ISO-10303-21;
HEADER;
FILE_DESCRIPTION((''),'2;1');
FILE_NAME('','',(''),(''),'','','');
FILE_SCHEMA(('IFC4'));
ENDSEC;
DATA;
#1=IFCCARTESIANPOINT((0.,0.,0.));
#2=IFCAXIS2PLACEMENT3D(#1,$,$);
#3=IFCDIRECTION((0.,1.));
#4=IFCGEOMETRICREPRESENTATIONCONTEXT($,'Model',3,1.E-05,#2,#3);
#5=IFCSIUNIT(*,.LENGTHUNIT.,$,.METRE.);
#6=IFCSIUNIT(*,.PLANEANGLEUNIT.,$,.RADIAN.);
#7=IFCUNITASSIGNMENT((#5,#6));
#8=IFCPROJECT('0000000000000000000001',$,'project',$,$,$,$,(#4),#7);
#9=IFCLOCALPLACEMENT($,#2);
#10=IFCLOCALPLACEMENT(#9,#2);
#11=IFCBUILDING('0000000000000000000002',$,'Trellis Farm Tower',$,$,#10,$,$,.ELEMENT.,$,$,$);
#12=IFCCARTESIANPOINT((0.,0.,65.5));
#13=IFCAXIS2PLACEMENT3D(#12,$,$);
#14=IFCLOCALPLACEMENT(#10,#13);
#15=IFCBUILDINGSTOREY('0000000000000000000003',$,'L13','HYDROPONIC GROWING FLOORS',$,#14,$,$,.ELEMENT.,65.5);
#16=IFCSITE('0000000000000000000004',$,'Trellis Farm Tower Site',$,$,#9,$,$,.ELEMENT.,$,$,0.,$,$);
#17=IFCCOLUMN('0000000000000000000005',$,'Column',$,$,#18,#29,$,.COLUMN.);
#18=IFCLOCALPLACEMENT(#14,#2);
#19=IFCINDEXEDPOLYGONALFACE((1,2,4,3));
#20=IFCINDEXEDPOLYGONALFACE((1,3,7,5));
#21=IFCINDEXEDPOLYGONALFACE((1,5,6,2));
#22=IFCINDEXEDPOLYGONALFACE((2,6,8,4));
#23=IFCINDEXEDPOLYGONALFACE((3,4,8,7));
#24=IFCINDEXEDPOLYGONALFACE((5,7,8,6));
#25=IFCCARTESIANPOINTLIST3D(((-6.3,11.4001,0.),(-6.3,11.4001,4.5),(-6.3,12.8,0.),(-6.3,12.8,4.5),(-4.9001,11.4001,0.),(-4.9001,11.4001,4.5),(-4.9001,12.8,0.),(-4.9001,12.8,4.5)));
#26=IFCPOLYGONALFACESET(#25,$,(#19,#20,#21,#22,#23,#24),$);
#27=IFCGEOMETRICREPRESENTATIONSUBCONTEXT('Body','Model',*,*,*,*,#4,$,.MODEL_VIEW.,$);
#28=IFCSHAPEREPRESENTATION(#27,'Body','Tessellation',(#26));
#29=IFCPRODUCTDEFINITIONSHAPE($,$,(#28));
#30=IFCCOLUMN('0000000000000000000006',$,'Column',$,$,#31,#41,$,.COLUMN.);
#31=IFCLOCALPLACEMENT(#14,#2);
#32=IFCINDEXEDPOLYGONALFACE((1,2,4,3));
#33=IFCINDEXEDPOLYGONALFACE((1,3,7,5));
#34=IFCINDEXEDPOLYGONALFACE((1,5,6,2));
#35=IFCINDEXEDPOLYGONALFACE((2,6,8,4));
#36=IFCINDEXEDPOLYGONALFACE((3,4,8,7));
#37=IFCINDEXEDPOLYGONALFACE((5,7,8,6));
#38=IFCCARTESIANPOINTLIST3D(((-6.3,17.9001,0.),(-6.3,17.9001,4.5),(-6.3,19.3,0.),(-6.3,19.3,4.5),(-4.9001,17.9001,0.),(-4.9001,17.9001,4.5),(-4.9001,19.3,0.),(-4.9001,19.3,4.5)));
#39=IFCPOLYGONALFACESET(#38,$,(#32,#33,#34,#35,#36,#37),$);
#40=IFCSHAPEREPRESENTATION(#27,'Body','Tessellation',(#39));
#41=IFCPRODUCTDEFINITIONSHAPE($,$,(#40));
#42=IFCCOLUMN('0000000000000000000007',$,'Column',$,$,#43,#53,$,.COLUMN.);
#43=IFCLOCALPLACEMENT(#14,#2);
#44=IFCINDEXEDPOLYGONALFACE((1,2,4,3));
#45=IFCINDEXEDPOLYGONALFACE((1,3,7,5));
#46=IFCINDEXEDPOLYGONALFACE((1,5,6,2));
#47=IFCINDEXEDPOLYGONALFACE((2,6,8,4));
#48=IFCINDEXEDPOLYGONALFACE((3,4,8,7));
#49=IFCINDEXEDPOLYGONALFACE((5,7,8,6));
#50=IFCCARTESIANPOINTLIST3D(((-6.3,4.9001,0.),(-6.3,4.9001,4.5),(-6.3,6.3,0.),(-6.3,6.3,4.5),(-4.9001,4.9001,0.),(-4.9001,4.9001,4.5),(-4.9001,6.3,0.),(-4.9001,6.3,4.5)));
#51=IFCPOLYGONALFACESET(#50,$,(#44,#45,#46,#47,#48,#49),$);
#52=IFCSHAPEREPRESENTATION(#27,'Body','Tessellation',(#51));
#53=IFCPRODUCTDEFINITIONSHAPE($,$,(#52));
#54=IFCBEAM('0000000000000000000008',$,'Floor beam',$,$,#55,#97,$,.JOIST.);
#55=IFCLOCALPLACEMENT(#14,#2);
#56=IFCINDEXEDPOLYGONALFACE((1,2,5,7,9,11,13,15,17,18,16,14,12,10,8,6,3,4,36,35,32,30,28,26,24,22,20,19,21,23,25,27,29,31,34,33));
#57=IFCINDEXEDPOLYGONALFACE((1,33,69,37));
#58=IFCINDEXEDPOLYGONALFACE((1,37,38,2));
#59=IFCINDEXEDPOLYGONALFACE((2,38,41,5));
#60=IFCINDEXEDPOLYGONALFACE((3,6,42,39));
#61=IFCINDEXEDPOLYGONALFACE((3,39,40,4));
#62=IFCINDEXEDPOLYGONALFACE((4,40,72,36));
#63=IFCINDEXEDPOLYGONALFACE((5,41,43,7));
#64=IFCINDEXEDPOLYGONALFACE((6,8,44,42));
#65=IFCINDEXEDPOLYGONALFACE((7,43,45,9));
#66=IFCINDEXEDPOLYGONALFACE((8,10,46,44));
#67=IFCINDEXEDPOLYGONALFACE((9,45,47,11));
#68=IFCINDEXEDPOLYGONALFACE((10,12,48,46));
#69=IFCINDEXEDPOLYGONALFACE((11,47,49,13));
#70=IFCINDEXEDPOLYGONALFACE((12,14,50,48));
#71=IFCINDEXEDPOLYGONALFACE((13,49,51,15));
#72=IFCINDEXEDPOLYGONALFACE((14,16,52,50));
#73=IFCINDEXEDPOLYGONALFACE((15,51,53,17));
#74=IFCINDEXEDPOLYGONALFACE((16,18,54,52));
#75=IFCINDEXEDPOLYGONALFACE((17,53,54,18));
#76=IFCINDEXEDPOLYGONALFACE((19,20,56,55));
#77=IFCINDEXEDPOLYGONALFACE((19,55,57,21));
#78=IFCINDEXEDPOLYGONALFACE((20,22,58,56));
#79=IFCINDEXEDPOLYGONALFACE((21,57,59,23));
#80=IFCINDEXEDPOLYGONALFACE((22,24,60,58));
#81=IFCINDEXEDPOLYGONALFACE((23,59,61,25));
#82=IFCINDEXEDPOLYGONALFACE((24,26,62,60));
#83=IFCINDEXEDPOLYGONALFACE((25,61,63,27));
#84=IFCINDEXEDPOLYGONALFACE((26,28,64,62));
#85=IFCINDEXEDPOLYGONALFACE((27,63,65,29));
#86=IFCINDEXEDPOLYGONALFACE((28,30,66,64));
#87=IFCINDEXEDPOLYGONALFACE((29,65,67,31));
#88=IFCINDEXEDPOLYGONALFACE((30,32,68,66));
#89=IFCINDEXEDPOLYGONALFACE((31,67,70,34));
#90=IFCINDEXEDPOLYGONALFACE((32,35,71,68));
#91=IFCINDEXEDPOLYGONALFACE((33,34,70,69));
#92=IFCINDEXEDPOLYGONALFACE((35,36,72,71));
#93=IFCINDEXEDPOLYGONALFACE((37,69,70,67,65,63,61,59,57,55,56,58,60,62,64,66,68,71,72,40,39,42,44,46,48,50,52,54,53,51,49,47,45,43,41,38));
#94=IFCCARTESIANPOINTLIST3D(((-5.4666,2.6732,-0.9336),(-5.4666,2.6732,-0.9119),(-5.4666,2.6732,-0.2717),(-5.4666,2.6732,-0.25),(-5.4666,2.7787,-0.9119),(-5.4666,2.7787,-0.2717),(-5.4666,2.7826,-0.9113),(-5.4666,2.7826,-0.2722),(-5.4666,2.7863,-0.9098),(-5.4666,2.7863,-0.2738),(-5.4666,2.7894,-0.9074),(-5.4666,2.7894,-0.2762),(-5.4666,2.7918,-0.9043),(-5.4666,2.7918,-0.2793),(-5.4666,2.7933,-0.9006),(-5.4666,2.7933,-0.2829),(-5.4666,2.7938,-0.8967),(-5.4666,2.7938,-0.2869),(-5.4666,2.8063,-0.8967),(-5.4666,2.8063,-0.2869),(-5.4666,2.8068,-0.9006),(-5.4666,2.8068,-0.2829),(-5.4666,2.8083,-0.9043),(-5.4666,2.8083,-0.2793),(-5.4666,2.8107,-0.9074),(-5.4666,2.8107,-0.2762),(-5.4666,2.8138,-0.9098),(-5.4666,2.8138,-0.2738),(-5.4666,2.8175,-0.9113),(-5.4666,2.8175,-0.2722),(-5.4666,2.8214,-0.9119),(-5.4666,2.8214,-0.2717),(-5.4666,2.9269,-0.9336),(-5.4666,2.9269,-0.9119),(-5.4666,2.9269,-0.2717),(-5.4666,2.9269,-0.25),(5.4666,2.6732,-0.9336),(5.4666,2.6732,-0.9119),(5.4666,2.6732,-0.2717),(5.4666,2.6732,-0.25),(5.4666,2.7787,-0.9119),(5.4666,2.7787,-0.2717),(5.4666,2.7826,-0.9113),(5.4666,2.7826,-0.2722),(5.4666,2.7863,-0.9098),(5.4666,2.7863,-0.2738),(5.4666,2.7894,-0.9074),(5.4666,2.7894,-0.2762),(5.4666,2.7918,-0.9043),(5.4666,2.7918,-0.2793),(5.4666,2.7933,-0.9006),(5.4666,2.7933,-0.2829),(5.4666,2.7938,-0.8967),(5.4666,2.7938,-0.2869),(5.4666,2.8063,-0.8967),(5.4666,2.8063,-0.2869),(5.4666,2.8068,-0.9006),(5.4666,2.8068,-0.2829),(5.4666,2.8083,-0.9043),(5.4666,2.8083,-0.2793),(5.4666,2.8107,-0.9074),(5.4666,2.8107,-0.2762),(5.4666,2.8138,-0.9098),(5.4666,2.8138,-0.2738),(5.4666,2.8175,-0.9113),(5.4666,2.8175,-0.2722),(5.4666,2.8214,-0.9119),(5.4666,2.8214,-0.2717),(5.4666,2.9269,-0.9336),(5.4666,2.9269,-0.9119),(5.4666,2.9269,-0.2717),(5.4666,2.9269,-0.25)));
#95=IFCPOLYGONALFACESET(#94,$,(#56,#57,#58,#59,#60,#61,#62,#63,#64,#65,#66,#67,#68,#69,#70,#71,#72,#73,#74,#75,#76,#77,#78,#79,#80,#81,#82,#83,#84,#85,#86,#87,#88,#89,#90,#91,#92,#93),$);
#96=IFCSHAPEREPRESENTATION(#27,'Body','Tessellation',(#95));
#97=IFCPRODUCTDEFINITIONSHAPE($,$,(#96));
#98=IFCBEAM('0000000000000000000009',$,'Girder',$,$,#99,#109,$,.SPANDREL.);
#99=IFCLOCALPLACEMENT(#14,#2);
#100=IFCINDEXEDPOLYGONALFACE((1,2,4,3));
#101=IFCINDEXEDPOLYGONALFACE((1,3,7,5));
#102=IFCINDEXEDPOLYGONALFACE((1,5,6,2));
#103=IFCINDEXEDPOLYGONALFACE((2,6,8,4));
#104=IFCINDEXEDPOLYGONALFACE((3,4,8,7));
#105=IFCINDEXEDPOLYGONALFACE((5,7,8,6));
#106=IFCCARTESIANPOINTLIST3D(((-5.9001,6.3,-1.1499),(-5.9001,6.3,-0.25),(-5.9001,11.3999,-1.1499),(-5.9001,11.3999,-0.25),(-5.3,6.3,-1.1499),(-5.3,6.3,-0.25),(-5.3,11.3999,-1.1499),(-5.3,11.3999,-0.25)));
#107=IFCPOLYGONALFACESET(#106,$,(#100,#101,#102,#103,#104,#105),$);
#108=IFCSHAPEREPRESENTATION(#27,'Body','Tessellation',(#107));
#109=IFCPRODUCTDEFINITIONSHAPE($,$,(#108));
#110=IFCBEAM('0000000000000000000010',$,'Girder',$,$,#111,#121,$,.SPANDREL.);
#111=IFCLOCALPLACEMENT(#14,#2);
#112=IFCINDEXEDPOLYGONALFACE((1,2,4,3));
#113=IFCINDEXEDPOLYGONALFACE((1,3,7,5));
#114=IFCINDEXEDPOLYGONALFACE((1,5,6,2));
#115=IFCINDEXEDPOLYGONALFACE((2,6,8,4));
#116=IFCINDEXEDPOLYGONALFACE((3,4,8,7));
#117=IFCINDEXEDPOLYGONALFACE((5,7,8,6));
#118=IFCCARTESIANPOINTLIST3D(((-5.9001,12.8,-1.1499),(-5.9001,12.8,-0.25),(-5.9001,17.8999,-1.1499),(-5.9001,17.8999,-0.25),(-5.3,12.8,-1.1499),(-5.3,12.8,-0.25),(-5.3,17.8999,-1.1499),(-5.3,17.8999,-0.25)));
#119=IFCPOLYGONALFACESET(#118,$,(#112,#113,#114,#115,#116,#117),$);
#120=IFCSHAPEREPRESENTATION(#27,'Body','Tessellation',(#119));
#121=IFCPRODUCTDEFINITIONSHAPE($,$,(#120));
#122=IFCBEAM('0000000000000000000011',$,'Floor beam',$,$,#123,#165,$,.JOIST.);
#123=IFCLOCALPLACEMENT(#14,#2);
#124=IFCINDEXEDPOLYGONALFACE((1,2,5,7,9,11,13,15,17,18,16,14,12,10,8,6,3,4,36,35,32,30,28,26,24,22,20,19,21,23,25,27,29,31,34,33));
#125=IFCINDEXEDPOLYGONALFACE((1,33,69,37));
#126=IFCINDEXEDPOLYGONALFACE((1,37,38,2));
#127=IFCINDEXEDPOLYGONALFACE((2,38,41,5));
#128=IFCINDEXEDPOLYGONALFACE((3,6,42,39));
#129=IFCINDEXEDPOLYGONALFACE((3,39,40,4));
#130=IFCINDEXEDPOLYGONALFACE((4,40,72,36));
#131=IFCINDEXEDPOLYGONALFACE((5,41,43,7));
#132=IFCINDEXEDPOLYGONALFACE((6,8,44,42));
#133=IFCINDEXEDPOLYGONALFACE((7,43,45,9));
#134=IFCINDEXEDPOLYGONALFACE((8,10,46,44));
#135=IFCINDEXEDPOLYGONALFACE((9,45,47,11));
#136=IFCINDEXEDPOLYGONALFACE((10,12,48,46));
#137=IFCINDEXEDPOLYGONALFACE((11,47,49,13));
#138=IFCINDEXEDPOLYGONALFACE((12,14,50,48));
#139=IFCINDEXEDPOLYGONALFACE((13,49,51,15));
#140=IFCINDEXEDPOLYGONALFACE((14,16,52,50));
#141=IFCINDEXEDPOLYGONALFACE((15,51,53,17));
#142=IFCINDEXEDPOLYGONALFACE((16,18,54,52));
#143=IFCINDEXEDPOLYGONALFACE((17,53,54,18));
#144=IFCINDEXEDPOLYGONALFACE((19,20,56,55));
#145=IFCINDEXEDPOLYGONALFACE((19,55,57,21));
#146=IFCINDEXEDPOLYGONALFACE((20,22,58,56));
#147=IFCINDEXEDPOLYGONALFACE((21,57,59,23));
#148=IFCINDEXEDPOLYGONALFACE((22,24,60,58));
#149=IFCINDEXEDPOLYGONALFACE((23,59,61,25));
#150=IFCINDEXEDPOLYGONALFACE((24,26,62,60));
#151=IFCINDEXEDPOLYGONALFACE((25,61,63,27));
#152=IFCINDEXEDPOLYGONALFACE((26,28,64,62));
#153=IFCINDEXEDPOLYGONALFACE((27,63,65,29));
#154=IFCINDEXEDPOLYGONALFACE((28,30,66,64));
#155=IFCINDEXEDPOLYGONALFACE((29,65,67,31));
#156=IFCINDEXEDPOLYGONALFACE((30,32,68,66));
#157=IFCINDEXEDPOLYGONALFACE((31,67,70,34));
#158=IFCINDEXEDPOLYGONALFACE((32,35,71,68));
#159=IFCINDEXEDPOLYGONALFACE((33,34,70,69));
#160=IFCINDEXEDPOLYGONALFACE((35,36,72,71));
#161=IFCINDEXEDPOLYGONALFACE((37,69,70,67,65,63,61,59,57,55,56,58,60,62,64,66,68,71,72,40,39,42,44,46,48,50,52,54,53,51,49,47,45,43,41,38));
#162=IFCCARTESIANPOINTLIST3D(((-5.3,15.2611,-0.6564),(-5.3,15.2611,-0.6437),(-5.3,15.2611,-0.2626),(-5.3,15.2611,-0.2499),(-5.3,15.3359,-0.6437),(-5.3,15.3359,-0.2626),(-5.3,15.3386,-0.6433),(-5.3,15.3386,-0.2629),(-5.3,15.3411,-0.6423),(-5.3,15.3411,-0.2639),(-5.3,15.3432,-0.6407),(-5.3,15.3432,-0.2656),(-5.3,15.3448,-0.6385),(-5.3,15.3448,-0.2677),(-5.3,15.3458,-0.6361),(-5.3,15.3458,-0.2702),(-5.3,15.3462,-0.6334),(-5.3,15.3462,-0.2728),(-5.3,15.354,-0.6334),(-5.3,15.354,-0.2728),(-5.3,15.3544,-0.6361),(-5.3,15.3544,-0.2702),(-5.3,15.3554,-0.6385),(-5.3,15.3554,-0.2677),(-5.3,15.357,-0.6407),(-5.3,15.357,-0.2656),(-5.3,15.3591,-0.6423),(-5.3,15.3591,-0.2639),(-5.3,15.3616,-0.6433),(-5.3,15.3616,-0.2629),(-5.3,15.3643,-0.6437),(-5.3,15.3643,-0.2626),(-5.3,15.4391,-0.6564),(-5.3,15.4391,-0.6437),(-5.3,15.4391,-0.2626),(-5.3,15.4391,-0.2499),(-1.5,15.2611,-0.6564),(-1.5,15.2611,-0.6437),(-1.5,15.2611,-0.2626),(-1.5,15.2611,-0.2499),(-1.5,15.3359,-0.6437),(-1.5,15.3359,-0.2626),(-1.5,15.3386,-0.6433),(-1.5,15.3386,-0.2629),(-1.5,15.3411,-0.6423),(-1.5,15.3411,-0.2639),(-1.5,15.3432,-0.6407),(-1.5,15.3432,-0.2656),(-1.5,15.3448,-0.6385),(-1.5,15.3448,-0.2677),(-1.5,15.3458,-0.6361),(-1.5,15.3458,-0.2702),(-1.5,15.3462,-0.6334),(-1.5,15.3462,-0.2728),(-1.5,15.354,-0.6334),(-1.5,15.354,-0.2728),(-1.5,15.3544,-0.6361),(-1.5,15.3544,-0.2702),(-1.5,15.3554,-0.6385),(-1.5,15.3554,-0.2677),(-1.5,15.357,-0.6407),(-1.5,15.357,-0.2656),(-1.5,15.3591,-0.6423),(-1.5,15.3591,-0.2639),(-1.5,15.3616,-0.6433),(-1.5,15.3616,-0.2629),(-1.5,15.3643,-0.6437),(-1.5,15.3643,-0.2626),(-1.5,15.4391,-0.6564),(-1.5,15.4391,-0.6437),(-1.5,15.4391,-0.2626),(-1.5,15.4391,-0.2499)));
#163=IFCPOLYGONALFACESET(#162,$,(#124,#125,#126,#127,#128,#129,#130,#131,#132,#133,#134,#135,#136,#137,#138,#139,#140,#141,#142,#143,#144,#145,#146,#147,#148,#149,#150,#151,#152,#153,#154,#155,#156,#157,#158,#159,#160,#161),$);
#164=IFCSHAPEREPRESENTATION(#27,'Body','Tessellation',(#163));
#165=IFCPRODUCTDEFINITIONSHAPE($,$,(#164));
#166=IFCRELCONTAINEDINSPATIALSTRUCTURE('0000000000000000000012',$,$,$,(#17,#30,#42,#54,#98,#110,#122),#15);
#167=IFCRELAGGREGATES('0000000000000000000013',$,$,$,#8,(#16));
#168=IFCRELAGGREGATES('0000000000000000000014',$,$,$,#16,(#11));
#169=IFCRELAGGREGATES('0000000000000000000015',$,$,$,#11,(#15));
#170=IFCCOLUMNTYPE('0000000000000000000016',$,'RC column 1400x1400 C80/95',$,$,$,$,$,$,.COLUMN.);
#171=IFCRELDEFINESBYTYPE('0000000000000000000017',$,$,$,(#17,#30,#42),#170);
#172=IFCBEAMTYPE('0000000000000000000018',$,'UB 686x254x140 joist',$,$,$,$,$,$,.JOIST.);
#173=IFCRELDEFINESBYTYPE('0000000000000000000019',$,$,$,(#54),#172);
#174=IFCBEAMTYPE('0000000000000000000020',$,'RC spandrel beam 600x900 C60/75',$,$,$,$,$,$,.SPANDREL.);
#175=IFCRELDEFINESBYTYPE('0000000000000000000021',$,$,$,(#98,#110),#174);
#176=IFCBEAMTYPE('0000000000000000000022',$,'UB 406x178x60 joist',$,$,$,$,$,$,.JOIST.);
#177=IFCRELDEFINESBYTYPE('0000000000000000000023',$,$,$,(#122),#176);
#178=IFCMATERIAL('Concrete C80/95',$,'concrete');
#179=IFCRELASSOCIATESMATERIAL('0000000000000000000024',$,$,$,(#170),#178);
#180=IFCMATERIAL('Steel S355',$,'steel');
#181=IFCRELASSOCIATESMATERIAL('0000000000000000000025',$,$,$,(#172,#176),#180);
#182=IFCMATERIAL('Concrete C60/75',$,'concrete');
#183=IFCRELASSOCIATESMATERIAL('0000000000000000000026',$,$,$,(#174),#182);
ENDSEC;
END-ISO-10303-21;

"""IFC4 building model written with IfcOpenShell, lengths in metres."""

from ifc_helpers import new_model, si_unit, direction, frame, origin, origin_2d, place, context, subcontext, project, spatial, rectangle, i_section, extrude, source, transform, mapped, material, material_profile, profile_set, type_object, element, save


model = new_model("IFC4")

# Units and contexts
model_context = context("Model", 3, precision=1e-05, world=origin(), true_north=direction((0.0, 1.0)))
body_context = subcontext(model_context, "Body", "Model", "MODEL_VIEW")
ifc_project = project(units=[si_unit("LENGTHUNIT", "METRE"), si_unit("PLANEANGLEUNIT", "RADIAN")], contexts=[model_context])

# Site, building, storey
site_placement = place(None, origin())
site = spatial("IfcSite", under=ifc_project, at=site_placement, Name="Trellis Farm Tower Site", CompositionType="ELEMENT", RefElevation=0.0)
building_placement = place(site_placement, origin())
building = spatial("IfcBuilding", under=site, at=building_placement, Name="Trellis Farm Tower", CompositionType="ELEMENT")
storey_placement = place(building_placement, frame((0.0, 0.0, 65.5)))
storey = spatial("IfcBuildingStorey", under=building, at=storey_placement, Name="L13", Description="HYDROPONIC GROWING FLOORS", CompositionType="ELEMENT", Elevation=65.5)

# Columns
ifc_material_1 = material(Name="Concrete C80/95", Category="concrete")
ifc_material_profile_1 = material_profile(ifc_material_1, rectangle(XDim=1.3999, YDim=1.3999, at=origin_2d()), Name="RC column 1400x1400 C80/95")
ifc_profile_set_1 = profile_set([ifc_material_profile_1], Name="Concrete C80/95")
column_type = type_object("IfcColumnType", Name="RC column 1400x1400 C80/95", PredefinedType="COLUMN", material=ifc_profile_set_1)
shared_shape_1 = source(origin(), body_context, "Body", "SweptSolid", [
    extrude(rectangle(XDim=1.3999, YDim=1.3999, at=origin_2d()), origin(), (0.0, 0.0, 1.0), 4.5),
])
for number, where, z_axis, x_axis, name in (
    (1, (-5.6001, 12.1001, 0.0), (0.0, 0.0, 1.0), (1.0, 0.0, 0.0), "Column"),
    (2, (-5.6001, 18.6001, 0.0), (0.0, 0.0, 1.0), (1.0, 0.0, 0.0), "Column"),
    (3, (-5.6001, 5.6001, 0.0), (0.0, 0.0, 1.0), (1.0, 0.0, 0.0), "Column"),
):
    element("IfcColumn", number, at=place(storey_placement, frame(where, z_axis=z_axis, x_axis=x_axis)), inside=storey, type_object=column_type, Name=name, PredefinedType="COLUMN", context=body_context, shape_type="MappedRepresentation", body=[
        mapped(shared_shape_1, transform((0.0, 0.0, 0.0))),
    ])

# Beams
ifc_material_2 = material(Name="Steel S355", Category="steel")
ifc_material_profile_2 = material_profile(ifc_material_2, i_section(OverallWidth=0.2537, OverallDepth=0.6836, WebThickness=0.0125, FlangeThickness=0.0217, FilletRadius=0.0151, at=origin_2d()), Name="UB 686x254x140")
ifc_profile_set_2 = profile_set([ifc_material_profile_2], Name="Steel S355")
beam_type_1 = type_object("IfcBeamType", Name="UB 686x254x140 joist", PredefinedType="JOIST", material=ifc_profile_set_2)
shared_shape_2 = source(origin(), body_context, "Body", "SweptSolid", [
    extrude(i_section(OverallWidth=0.2537, OverallDepth=0.6836, WebThickness=0.0125, FlangeThickness=0.0217, FilletRadius=0.0151, at=origin_2d()), origin(), (0.0, 0.0, 1.0), 10.9331),
])
beam_1_placement = place(storey_placement, frame((-5.4666, 2.8, -0.5918), z_axis=(1.0, 0.0, 0.0), x_axis=(0.0, 1.0, 0.0)))
element("IfcBeam", 4, at=beam_1_placement, inside=storey, type_object=beam_type_1, Name="Floor beam", PredefinedType="JOIST", context=body_context, shape_type="MappedRepresentation", body=[
    mapped(shared_shape_2, transform((0.0, 0.0, 0.0))),
])
ifc_material_3 = material(Name="Concrete C60/75", Category="concrete")
ifc_material_profile_3 = material_profile(ifc_material_3, rectangle(XDim=0.6001, YDim=0.8999, at=origin_2d()), Name="RC spandrel beam 600x900 C60/75")
ifc_profile_set_3 = profile_set([ifc_material_profile_3], Name="Concrete C60/75")
beam_type_2 = type_object("IfcBeamType", Name="RC spandrel beam 600x900 C60/75", PredefinedType="SPANDREL", material=ifc_profile_set_3)
shared_shape_3 = source(origin(), body_context, "Body", "SweptSolid", [
    extrude(rectangle(XDim=0.6001, YDim=0.8999, at=origin_2d()), origin(), (0.0, 0.0, 1.0), 5.0999),
])
for number, where, z_axis, x_axis, name in (
    (5, (-5.6001, 6.3, -0.7), (0.0, 1.0, 0.0), (-1.0, 0.0, 0.0), "Girder"),
    (6, (-5.6001, 12.8, -0.7), (0.0, 1.0, 0.0), (-1.0, 0.0, 0.0), "Girder"),
):
    element("IfcBeam", number, at=place(storey_placement, frame(where, z_axis=z_axis, x_axis=x_axis)), inside=storey, type_object=beam_type_2, Name=name, PredefinedType="SPANDREL", context=body_context, shape_type="MappedRepresentation", body=[
        mapped(shared_shape_3, transform((0.0, 0.0, 0.0))),
    ])
ifc_material_profile_4 = material_profile(ifc_material_2, i_section(OverallWidth=0.178, OverallDepth=0.4065, WebThickness=0.0078, FlangeThickness=0.0127, FilletRadius=0.0103, at=origin_2d()), Name="UB 406x178x60")
ifc_profile_set_4 = profile_set([ifc_material_profile_4], Name="Steel S355")
beam_type_3 = type_object("IfcBeamType", Name="UB 406x178x60 joist", PredefinedType="JOIST", material=ifc_profile_set_4)
shared_shape_4 = source(origin(), body_context, "Body", "SweptSolid", [
    extrude(i_section(OverallWidth=0.178, OverallDepth=0.4065, WebThickness=0.0078, FlangeThickness=0.0127, FilletRadius=0.0103, at=origin_2d()), origin(), (0.0, 0.0, 1.0), 3.8),
])
beam_2_placement = place(storey_placement, frame((-5.3, 15.3501, -0.4531), z_axis=(1.0, 0.0, 0.0), x_axis=(0.0, 1.0, 0.0)))
element("IfcBeam", 7, at=beam_2_placement, inside=storey, type_object=beam_type_3, Name="Floor beam", PredefinedType="JOIST", context=body_context, shape_type="MappedRepresentation", body=[
    mapped(shared_shape_4, transform((0.0, 0.0, 0.0))),
])

save(model, "model.ifc")
